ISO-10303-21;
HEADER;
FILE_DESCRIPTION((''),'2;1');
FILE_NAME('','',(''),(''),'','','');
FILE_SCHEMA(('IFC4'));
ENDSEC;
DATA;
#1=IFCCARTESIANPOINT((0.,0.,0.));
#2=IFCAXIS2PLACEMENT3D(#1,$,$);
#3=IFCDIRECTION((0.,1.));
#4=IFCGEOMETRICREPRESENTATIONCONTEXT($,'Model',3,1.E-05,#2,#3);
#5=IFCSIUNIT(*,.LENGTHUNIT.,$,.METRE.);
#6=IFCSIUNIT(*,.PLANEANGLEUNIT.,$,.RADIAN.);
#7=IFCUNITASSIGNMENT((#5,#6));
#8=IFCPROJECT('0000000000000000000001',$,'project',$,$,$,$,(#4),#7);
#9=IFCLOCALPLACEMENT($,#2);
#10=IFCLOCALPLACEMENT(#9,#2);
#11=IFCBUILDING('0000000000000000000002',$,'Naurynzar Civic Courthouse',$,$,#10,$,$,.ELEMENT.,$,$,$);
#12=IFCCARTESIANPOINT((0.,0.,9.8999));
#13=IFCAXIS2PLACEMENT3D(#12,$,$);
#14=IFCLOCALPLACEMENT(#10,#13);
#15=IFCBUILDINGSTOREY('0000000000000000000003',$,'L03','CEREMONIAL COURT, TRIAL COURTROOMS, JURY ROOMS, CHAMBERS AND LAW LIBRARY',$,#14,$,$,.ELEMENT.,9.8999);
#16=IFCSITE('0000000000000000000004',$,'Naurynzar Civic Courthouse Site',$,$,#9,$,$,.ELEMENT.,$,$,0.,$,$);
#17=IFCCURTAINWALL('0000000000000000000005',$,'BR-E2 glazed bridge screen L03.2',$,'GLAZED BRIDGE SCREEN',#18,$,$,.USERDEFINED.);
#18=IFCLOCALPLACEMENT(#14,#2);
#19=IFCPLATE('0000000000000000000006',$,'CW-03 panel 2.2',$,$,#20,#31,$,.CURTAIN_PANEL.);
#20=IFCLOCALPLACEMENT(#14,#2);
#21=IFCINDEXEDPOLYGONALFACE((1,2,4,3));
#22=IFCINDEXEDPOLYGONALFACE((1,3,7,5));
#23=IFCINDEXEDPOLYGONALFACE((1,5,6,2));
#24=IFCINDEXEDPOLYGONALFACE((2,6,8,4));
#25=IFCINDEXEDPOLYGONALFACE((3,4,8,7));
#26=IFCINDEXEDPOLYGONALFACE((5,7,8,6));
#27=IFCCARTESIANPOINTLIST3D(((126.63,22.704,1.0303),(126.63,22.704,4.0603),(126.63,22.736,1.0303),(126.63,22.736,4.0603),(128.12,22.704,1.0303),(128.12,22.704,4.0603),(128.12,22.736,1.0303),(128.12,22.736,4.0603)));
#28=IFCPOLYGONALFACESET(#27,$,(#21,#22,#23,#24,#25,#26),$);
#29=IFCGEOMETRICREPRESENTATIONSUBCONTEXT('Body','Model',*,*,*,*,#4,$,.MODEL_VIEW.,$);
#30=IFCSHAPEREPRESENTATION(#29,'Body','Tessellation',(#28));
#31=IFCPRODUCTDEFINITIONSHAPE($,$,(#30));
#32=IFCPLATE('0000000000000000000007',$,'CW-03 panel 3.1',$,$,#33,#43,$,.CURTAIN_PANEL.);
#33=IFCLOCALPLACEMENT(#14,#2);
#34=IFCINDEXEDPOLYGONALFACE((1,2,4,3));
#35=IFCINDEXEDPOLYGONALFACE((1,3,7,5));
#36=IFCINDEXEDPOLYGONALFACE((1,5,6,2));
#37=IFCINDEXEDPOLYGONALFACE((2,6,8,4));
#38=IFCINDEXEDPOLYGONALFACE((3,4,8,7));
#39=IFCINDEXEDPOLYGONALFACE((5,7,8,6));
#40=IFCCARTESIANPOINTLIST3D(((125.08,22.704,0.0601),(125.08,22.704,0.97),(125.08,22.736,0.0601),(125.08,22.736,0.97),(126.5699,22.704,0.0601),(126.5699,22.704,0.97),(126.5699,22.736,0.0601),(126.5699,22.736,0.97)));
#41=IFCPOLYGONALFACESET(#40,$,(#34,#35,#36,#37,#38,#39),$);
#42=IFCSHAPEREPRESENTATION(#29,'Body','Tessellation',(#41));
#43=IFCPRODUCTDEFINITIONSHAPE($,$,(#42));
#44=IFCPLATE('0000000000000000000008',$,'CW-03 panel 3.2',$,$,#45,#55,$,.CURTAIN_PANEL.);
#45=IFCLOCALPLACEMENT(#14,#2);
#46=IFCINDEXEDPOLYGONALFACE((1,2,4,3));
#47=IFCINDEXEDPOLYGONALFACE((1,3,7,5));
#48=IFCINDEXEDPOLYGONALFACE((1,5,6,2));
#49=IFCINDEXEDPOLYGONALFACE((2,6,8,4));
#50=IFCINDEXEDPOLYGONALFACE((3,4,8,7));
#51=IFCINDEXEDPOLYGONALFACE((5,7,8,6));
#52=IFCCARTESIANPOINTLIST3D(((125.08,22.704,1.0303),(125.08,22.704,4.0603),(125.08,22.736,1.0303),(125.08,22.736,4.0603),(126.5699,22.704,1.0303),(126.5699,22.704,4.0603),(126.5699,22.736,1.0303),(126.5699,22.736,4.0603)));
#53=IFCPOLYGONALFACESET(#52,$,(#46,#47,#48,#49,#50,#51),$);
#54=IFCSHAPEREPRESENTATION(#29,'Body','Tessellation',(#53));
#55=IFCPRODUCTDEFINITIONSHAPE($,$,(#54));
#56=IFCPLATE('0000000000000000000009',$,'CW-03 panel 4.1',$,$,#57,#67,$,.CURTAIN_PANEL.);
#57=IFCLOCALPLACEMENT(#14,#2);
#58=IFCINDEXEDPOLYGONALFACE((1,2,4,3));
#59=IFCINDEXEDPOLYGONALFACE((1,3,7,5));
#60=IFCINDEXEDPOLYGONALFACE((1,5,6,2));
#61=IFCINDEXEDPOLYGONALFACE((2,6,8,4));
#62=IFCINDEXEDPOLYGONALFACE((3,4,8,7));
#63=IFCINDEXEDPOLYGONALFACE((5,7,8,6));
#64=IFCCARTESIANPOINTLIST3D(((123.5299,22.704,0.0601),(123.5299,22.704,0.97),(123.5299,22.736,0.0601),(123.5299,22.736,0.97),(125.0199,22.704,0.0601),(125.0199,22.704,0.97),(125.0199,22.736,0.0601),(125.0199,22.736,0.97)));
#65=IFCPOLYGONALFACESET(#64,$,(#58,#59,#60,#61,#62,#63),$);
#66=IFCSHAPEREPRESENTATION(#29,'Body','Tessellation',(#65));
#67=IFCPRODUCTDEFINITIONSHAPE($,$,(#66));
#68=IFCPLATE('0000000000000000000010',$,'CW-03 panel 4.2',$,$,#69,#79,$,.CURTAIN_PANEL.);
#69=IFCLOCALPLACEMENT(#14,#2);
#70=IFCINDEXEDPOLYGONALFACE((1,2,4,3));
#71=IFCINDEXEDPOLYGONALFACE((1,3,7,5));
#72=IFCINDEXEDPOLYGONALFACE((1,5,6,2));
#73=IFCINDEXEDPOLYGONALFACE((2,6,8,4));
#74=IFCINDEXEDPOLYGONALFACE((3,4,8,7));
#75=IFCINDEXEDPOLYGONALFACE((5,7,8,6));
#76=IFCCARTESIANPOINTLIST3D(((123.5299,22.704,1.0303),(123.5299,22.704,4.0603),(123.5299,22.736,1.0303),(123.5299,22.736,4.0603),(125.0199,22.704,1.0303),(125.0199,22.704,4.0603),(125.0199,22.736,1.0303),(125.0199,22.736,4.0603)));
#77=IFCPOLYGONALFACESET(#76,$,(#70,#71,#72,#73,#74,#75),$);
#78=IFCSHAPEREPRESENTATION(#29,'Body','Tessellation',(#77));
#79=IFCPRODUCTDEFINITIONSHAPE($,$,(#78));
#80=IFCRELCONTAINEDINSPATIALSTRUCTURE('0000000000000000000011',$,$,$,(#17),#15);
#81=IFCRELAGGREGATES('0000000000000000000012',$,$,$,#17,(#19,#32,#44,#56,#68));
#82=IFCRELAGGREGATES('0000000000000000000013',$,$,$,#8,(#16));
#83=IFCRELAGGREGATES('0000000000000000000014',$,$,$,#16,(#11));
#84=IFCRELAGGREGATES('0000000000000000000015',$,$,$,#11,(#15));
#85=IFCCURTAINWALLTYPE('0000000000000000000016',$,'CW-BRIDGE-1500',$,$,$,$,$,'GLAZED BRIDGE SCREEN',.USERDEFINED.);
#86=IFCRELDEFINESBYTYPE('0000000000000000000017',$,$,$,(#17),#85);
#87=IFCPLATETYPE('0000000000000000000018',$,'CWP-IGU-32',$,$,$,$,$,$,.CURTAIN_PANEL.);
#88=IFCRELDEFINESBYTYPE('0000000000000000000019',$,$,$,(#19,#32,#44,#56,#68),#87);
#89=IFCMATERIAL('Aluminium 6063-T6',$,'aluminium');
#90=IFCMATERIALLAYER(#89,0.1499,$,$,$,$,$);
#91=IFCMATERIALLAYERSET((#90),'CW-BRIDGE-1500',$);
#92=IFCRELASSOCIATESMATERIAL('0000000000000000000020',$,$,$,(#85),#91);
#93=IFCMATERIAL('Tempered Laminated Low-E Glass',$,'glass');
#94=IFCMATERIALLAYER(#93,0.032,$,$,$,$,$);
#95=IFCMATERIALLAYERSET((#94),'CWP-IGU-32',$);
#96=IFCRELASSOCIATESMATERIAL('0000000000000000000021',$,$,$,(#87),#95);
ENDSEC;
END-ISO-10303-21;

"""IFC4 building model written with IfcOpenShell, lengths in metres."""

from ifc_helpers import new_model, si_unit, direction, frame, origin, origin_2d, place, context, subcontext, project, spatial, rectangle, extrude, material, layer, layer_set, type_object, element, aggregate, save


model = new_model("IFC4")

# Units and contexts
model_context = context("Model", 3, precision=1e-05, world=origin(), true_north=direction((0.0, 1.0)))
body_context = subcontext(model_context, "Body", "Model", "MODEL_VIEW")
ifc_project = project(units=[si_unit("LENGTHUNIT", "METRE"), si_unit("PLANEANGLEUNIT", "RADIAN")], contexts=[model_context])

# Site, building, storey
site_placement = place(None, origin())
site = spatial("IfcSite", under=ifc_project, at=site_placement, Name="Naurynzar Civic Courthouse Site", CompositionType="ELEMENT", RefElevation=0.0)
building_placement = place(site_placement, origin())
building = spatial("IfcBuilding", under=site, at=building_placement, Name="Naurynzar Civic Courthouse", CompositionType="ELEMENT")
storey_placement = place(building_placement, frame((0.0, 0.0, 9.8999)))
storey = spatial("IfcBuildingStorey", under=building, at=storey_placement, Name="L03", Description="CEREMONIAL COURT, TRIAL COURTROOMS, JURY ROOMS, CHAMBERS AND LAW LIBRARY", CompositionType="ELEMENT", Elevation=9.8999)

# Curtain wall, plates
ifc_material_1 = material(Name="Aluminium 6063-T6", Category="aluminium")
ifc_layer_1 = layer(ifc_material_1, 0.1499)
ifc_layer_set_1 = layer_set([ifc_layer_1], Name="CW-BRIDGE-1500")
curtain_wall_type = type_object("IfcCurtainWallType", Name="CW-BRIDGE-1500", ElementType="GLAZED BRIDGE SCREEN", PredefinedType="USERDEFINED", material=ifc_layer_set_1)
curtain_wall_placement = place(storey_placement, origin())
curtain_wall = element("IfcCurtainWall", 1, at=curtain_wall_placement, inside=storey, type_object=curtain_wall_type, Name="BR-E2 glazed bridge screen L03.2", ObjectType="GLAZED BRIDGE SCREEN", PredefinedType="USERDEFINED")
ifc_material_2 = material(Name="Tempered Laminated Low-E Glass", Category="glass")
ifc_layer_2 = layer(ifc_material_2, 0.032)
ifc_layer_set_2 = layer_set([ifc_layer_2], Name="CWP-IGU-32")
plate_type = type_object("IfcPlateType", Name="CWP-IGU-32", PredefinedType="CURTAIN_PANEL", material=ifc_layer_set_2)
plate_1_placement = place(storey_placement, frame((127.375, 22.72, 1.0303), z_axis=(0.0, 0.0, 1.0), x_axis=(-1.0, 0.0, 0.0)))
plate_1 = element("IfcPlate", 2, at=plate_1_placement, type_object=plate_type, Name="CW-03 panel 2.2", PredefinedType="CURTAIN_PANEL", context=body_context, shape_type="SweptSolid", body=[
    extrude(rectangle(XDim=1.49, YDim=0.032, at=origin_2d()), origin(), (0.0, 0.0, 1.0), 3.03),
])
plate_2_placement = place(storey_placement, frame((125.825, 22.72, 0.0601), z_axis=(0.0, 0.0, 1.0), x_axis=(-1.0, 0.0, 0.0)))
plate_2 = element("IfcPlate", 3, at=plate_2_placement, type_object=plate_type, Name="CW-03 panel 3.1", PredefinedType="CURTAIN_PANEL", context=body_context, shape_type="SweptSolid", body=[
    extrude(rectangle(XDim=1.49, YDim=0.032, at=origin_2d()), origin(), (0.0, 0.0, 1.0), 0.9099),
])
plate_3_placement = place(storey_placement, frame((125.825, 22.72, 1.0303), z_axis=(0.0, 0.0, 1.0), x_axis=(-1.0, 0.0, 0.0)))
plate_3 = element("IfcPlate", 4, at=plate_3_placement, type_object=plate_type, Name="CW-03 panel 3.2", PredefinedType="CURTAIN_PANEL", context=body_context, shape_type="SweptSolid", body=[
    extrude(rectangle(XDim=1.49, YDim=0.032, at=origin_2d()), origin(), (0.0, 0.0, 1.0), 3.03),
])
plate_4_placement = place(storey_placement, frame((124.2749, 22.72, 0.0601), z_axis=(0.0, 0.0, 1.0), x_axis=(-1.0, 0.0, 0.0)))
plate_4 = element("IfcPlate", 5, at=plate_4_placement, type_object=plate_type, Name="CW-03 panel 4.1", PredefinedType="CURTAIN_PANEL", context=body_context, shape_type="SweptSolid", body=[
    extrude(rectangle(XDim=1.49, YDim=0.032, at=origin_2d()), origin(), (0.0, 0.0, 1.0), 0.9099),
])
plate_5_placement = place(storey_placement, frame((124.2749, 22.72, 1.0303), z_axis=(0.0, 0.0, 1.0), x_axis=(-1.0, 0.0, 0.0)))
plate_5 = element("IfcPlate", 6, at=plate_5_placement, type_object=plate_type, Name="CW-03 panel 4.2", PredefinedType="CURTAIN_PANEL", context=body_context, shape_type="SweptSolid", body=[
    extrude(rectangle(XDim=1.49, YDim=0.032, at=origin_2d()), origin(), (0.0, 0.0, 1.0), 3.03),
])
aggregate(curtain_wall, [plate_1, plate_2, plate_3, plate_4, plate_5])

save(model, "model.ifc")
